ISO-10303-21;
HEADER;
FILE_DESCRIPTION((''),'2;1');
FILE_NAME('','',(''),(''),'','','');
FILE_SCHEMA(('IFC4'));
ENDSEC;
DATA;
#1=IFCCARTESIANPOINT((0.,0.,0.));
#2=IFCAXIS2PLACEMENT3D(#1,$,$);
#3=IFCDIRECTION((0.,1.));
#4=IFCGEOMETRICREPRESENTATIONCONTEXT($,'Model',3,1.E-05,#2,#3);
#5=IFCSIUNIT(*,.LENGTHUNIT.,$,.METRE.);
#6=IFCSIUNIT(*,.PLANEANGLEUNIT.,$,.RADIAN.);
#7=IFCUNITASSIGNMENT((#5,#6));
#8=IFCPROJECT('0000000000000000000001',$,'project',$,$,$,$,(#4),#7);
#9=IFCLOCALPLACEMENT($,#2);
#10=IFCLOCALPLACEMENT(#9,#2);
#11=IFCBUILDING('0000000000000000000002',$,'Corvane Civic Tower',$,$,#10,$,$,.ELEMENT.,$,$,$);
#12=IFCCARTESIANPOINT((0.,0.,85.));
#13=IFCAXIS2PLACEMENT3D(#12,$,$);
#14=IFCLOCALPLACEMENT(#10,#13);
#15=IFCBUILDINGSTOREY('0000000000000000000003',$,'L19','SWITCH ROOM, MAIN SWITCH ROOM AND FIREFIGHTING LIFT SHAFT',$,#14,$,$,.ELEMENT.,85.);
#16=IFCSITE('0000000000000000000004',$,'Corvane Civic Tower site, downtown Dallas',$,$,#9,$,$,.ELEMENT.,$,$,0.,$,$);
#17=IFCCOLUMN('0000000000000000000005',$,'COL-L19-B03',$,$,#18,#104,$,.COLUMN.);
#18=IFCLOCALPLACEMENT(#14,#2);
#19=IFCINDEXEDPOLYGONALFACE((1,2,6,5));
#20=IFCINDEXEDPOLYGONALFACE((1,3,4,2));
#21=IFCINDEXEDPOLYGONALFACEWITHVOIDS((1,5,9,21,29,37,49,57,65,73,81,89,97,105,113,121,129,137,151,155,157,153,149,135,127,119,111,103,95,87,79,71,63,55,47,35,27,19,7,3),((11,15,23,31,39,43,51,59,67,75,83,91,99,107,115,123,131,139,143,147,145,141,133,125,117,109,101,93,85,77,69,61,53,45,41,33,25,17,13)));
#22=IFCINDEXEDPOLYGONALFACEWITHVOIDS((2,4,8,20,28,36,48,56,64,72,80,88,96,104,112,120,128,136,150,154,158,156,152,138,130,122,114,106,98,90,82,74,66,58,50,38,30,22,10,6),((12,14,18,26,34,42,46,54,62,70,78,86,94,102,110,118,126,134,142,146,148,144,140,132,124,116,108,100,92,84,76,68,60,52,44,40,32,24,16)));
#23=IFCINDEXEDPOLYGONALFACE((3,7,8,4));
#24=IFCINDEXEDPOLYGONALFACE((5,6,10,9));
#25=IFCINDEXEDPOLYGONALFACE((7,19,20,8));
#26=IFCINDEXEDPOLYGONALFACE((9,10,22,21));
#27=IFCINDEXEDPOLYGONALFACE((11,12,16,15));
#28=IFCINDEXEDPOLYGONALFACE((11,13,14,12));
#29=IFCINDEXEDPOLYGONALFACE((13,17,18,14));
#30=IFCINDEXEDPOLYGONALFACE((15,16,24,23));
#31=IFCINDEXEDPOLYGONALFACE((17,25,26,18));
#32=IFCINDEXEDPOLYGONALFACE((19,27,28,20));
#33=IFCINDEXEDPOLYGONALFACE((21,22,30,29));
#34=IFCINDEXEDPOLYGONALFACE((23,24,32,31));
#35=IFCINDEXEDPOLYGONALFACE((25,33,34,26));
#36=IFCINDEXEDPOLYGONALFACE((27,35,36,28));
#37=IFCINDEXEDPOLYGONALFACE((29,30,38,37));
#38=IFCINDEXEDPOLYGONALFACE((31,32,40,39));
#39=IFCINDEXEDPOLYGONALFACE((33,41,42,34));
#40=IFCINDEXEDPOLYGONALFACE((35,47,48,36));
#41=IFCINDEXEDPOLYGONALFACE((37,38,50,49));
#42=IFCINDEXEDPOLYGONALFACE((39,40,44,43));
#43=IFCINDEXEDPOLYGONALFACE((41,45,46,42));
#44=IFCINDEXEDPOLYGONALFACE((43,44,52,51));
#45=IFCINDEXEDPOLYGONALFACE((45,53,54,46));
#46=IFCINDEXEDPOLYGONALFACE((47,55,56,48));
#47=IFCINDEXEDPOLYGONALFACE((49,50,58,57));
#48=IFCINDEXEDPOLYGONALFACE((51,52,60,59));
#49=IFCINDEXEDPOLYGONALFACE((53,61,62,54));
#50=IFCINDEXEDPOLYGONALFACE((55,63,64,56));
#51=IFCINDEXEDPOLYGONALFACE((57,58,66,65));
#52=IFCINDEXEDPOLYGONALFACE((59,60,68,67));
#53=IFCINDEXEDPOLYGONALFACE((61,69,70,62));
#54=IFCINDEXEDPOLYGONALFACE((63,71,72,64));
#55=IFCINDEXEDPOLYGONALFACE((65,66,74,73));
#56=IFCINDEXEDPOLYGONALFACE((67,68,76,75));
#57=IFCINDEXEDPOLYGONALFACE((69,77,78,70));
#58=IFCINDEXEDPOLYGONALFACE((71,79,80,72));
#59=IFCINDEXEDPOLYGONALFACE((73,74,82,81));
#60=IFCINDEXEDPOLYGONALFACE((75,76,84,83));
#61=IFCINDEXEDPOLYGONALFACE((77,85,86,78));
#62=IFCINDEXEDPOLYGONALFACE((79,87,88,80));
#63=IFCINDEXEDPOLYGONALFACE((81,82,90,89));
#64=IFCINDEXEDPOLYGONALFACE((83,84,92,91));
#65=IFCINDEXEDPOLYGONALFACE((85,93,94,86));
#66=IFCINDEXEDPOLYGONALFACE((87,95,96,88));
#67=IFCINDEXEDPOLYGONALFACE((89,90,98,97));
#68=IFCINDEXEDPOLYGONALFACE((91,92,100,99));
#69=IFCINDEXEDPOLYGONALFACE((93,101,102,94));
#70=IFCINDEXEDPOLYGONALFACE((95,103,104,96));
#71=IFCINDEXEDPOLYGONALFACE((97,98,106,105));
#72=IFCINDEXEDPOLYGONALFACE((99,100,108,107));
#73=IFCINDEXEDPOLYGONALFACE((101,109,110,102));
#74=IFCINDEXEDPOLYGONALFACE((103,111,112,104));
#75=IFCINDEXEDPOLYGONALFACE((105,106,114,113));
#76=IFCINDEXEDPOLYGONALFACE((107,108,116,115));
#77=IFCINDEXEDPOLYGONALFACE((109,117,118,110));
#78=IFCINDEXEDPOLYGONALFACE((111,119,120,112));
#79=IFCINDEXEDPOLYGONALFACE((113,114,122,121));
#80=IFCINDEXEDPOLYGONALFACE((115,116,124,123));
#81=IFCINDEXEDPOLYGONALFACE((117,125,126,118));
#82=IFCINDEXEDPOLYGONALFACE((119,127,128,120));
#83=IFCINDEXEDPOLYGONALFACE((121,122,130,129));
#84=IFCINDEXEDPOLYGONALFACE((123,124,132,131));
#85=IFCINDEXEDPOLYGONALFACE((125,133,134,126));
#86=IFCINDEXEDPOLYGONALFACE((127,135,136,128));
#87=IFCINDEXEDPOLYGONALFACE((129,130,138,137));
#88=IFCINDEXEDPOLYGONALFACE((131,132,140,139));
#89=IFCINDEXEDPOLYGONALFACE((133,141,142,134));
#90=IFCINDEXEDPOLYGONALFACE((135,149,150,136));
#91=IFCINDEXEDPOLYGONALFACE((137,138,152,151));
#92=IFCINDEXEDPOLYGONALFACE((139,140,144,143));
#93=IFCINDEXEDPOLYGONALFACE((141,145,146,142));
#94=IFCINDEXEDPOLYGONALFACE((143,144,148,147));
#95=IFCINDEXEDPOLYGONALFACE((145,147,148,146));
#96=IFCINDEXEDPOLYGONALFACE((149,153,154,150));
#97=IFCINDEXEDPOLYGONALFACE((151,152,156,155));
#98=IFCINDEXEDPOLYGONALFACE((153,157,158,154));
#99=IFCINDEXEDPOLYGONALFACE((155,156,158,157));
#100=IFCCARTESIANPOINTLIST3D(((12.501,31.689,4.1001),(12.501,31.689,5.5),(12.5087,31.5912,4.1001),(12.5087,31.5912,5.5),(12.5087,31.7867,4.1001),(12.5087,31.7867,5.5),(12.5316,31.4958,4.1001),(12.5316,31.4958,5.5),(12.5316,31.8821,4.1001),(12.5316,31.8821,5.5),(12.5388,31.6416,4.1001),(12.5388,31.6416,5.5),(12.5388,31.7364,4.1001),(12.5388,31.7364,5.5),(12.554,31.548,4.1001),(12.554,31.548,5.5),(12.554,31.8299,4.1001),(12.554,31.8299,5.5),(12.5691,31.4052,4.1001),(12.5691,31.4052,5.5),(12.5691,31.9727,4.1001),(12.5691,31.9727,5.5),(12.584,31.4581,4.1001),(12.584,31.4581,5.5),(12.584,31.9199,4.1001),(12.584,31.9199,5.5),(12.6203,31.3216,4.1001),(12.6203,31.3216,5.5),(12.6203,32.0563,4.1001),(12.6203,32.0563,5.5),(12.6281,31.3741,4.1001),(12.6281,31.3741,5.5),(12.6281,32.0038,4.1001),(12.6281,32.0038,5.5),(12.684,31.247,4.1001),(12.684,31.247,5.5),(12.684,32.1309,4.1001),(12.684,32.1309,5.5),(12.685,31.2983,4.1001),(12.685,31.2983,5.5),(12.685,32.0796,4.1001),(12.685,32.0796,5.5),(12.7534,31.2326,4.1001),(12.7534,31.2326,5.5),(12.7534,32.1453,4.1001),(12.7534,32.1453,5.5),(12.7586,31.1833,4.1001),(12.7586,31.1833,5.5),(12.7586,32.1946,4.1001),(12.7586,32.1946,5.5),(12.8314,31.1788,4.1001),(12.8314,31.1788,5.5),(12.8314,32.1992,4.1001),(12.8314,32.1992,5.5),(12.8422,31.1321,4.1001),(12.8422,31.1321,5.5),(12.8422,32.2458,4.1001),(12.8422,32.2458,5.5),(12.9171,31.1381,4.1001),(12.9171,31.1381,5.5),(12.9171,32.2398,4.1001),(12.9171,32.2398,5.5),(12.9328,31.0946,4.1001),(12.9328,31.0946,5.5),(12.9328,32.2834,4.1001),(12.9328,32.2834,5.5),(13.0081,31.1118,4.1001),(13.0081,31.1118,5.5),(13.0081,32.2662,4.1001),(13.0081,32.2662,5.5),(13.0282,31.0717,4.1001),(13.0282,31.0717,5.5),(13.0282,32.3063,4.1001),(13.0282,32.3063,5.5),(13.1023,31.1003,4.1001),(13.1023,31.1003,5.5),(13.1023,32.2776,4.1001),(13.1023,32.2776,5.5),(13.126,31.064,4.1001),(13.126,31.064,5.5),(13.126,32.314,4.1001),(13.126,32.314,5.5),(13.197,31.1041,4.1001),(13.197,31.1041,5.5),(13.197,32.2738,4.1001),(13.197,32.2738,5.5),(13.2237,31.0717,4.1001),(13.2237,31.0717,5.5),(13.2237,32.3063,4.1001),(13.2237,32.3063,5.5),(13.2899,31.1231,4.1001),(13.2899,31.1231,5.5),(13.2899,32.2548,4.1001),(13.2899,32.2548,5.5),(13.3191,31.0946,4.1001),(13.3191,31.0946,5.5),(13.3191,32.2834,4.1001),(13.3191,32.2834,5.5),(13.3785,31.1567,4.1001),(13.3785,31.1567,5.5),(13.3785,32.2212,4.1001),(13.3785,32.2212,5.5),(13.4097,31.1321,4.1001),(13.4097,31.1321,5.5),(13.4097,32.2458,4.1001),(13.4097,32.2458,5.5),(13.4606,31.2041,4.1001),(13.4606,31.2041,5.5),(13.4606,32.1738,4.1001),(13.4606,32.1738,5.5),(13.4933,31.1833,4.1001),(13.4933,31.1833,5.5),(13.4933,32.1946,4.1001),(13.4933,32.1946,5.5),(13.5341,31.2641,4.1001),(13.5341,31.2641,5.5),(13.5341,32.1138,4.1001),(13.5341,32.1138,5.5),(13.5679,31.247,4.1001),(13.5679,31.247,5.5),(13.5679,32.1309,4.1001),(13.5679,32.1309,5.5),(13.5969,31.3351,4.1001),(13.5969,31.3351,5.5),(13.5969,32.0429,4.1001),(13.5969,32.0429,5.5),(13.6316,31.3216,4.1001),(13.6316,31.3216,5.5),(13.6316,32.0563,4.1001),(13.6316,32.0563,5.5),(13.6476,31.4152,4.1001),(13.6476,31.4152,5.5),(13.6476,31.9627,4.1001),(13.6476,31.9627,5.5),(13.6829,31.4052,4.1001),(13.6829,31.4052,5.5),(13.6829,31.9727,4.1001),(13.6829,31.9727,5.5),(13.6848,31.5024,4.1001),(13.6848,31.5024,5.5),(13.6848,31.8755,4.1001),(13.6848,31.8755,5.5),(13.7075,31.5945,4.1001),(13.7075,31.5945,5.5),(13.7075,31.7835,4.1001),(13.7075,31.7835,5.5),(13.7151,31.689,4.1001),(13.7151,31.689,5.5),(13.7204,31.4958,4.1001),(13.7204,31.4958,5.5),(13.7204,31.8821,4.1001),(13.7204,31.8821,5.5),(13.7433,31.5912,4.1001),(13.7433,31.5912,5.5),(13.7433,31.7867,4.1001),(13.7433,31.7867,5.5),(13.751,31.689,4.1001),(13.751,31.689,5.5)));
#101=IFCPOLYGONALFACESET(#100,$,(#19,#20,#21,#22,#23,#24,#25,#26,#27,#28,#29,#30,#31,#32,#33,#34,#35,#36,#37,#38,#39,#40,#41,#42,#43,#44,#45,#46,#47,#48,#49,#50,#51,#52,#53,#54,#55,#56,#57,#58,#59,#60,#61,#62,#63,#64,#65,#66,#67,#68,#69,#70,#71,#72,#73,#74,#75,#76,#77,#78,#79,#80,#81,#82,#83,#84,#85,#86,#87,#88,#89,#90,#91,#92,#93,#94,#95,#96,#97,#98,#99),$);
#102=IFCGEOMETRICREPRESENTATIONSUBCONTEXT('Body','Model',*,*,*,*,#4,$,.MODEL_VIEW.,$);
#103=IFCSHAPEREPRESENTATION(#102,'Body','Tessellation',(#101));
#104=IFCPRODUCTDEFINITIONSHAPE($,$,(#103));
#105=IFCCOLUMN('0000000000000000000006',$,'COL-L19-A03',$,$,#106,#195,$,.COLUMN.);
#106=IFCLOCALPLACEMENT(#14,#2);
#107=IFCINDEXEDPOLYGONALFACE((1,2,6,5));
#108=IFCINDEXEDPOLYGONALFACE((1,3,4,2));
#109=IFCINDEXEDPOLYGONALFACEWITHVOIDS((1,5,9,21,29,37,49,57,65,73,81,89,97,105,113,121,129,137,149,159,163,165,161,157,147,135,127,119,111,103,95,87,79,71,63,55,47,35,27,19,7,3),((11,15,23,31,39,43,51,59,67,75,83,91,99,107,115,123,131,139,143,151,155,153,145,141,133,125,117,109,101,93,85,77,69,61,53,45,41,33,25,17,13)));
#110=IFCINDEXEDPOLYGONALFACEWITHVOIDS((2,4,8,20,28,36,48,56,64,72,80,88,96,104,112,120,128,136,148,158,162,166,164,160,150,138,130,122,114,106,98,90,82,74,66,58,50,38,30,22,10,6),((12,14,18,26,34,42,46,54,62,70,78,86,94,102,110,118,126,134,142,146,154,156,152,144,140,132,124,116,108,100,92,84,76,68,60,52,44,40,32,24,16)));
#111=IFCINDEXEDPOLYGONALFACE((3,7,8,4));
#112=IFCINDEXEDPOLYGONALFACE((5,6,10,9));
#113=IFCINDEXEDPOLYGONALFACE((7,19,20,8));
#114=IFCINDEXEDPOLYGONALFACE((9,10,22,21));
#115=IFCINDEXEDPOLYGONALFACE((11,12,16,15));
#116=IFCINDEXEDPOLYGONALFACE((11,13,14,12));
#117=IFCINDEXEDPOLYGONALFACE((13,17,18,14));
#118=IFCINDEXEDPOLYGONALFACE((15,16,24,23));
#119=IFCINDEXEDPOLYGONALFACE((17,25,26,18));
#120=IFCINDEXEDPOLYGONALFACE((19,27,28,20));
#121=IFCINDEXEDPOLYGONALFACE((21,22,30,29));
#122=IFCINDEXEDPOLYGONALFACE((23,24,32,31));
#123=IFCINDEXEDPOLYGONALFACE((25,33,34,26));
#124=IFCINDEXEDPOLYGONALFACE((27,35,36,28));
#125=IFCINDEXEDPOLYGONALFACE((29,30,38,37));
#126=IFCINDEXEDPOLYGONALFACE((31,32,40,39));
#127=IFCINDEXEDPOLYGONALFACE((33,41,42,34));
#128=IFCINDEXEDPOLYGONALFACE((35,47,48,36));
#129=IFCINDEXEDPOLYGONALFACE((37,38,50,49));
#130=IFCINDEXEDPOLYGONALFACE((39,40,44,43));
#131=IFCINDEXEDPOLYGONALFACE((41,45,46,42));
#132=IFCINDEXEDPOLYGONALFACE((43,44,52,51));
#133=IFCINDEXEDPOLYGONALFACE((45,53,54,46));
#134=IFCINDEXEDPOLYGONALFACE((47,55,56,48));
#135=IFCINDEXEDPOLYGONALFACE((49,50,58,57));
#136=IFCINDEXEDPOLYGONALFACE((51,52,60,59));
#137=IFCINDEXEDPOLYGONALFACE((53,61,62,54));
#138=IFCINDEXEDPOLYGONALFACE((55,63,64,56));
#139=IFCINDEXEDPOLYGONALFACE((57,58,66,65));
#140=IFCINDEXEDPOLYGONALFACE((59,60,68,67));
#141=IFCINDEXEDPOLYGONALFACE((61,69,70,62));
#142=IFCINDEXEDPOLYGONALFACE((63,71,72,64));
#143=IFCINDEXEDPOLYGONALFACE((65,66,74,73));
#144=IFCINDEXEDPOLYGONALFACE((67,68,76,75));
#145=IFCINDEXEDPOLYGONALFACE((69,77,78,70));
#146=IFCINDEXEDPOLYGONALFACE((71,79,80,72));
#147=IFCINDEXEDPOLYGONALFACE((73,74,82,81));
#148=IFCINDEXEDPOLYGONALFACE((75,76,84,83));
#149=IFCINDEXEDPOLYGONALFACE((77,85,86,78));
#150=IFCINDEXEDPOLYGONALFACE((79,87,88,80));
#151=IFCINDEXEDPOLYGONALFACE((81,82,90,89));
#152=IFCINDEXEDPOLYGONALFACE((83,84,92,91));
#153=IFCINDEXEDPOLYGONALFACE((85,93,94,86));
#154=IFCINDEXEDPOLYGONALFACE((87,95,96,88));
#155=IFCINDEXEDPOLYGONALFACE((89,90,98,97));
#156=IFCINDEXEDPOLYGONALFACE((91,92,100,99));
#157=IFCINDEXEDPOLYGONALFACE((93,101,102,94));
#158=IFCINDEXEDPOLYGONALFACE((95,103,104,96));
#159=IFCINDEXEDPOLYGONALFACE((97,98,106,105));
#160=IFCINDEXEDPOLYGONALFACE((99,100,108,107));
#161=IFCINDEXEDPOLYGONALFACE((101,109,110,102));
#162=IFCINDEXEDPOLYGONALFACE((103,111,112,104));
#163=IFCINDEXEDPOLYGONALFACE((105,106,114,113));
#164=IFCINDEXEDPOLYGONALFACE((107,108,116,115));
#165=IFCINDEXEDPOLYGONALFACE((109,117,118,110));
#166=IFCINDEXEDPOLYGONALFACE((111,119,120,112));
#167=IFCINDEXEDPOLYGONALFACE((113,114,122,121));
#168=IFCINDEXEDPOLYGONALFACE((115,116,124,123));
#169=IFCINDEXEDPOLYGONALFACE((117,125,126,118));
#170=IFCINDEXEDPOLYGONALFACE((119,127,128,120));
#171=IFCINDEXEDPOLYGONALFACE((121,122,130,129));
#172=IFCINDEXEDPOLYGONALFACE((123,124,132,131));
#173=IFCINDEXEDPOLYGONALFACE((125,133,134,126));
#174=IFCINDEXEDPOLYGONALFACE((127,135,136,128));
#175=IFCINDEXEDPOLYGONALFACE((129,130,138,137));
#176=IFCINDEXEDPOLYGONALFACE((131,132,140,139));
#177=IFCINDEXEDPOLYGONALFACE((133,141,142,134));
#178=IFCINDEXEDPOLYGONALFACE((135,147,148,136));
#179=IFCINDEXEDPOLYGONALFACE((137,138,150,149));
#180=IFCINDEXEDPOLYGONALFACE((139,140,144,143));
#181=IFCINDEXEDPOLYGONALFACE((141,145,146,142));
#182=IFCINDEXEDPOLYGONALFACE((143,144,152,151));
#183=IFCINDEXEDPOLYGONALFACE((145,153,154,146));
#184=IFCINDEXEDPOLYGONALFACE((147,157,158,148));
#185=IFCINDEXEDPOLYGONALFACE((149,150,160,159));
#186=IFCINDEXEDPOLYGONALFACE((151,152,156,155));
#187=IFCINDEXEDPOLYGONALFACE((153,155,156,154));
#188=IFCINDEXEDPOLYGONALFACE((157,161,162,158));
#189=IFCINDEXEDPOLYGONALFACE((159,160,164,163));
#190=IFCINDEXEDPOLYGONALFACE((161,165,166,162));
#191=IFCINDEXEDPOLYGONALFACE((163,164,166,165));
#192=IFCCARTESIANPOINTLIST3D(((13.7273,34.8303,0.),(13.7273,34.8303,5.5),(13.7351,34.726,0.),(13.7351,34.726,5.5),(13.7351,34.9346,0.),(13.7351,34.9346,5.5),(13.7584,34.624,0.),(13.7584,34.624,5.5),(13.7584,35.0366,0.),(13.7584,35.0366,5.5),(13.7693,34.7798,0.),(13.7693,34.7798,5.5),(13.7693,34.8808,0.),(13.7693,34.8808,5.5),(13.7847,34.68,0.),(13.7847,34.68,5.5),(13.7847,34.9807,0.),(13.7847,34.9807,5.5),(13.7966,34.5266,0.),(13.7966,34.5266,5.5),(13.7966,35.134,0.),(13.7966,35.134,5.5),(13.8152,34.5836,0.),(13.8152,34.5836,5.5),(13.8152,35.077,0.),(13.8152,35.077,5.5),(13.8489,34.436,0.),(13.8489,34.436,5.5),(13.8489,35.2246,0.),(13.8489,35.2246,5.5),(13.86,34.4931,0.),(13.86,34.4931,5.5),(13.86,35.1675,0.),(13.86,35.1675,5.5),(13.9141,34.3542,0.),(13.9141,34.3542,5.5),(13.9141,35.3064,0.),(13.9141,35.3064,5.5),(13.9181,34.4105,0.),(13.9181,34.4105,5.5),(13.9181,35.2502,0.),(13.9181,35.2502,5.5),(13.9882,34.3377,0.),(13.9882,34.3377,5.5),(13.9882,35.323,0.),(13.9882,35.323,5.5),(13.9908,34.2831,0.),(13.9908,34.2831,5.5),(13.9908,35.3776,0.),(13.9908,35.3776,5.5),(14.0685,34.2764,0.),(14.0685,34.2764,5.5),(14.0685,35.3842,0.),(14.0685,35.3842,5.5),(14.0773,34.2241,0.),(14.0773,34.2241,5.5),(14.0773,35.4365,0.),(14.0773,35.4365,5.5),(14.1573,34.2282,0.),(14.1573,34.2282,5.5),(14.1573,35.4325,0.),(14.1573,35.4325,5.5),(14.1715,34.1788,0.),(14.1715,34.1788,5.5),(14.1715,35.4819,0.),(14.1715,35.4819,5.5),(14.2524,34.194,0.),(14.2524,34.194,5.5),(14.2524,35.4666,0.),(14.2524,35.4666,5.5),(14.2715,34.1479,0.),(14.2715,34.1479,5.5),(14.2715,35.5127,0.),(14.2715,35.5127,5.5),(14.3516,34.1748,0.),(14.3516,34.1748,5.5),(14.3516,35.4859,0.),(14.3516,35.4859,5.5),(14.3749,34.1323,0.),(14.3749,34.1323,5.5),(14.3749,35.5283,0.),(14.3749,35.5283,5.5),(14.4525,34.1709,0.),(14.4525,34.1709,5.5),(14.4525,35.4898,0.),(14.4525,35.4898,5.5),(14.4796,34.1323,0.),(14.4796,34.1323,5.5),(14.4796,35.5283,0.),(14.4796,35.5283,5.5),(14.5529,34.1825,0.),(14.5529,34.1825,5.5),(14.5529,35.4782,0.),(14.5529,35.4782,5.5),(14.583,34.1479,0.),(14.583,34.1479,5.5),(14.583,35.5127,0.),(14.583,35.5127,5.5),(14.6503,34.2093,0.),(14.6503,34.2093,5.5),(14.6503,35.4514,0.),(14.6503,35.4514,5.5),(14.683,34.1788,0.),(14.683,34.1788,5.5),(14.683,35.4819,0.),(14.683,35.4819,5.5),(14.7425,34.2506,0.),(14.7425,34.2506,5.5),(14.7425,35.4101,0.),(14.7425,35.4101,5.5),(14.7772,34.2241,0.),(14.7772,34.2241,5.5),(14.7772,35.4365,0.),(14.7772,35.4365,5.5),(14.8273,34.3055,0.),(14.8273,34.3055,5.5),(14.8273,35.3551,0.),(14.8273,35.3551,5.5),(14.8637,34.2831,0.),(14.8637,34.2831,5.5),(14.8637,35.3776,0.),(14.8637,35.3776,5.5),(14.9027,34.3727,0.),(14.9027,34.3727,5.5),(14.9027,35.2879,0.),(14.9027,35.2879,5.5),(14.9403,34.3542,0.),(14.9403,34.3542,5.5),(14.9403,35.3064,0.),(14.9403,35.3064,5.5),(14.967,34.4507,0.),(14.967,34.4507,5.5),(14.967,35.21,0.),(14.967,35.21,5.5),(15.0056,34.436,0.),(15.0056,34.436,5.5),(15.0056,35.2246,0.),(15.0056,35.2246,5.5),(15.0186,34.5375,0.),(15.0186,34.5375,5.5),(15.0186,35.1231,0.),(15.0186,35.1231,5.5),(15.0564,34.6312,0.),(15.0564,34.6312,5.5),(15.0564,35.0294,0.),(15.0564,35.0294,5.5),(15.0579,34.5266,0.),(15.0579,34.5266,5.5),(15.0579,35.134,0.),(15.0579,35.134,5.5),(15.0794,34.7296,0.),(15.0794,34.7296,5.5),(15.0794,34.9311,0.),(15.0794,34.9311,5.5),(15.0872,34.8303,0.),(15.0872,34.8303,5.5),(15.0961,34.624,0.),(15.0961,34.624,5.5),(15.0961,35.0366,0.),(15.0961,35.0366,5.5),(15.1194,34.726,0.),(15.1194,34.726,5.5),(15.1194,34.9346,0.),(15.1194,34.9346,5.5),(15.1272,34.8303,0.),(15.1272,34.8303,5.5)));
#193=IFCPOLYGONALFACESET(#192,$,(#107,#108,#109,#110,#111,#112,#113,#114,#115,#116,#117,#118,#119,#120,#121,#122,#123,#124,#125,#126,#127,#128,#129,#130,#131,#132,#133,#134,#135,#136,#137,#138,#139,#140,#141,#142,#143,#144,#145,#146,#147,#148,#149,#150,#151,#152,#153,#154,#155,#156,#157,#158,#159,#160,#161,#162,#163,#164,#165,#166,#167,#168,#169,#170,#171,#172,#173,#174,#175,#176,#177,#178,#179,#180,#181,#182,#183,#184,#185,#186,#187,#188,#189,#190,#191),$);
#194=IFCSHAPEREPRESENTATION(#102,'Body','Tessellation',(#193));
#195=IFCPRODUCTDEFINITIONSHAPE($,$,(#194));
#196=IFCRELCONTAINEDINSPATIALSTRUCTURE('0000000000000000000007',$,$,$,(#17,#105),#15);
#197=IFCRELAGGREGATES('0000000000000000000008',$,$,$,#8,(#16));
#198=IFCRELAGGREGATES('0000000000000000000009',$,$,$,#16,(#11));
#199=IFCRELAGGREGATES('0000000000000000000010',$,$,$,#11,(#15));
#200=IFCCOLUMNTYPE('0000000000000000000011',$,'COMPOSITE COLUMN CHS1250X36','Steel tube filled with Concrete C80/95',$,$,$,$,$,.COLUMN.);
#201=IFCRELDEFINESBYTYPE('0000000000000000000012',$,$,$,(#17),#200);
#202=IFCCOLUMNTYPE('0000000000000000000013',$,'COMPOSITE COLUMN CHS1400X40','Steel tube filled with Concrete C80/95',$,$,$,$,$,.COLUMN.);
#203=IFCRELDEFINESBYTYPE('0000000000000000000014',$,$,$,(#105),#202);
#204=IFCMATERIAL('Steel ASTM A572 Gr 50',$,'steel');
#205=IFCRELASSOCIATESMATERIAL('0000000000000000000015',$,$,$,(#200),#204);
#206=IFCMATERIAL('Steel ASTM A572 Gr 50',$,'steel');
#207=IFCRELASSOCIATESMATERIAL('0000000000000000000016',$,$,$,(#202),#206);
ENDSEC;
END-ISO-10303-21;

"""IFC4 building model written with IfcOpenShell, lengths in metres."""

from ifc_helpers import new_model, si_unit, direction, frame, origin, origin_2d, place, context, subcontext, project, spatial, hollow_circle, extrude, material, material_profile, profile_set, type_object, element, save


model = new_model("IFC4")

# Units and contexts
model_context = context("Model", 3, precision=1e-05, world=origin(), true_north=direction((0.0, 1.0)))
body_context = subcontext(model_context, "Body", "Model", "MODEL_VIEW")
ifc_project = project(units=[si_unit("LENGTHUNIT", "METRE"), si_unit("PLANEANGLEUNIT", "RADIAN")], contexts=[model_context])

# Site, building, storey
site_placement = place(None, origin())
site = spatial("IfcSite", under=ifc_project, at=site_placement, Name="Corvane Civic Tower site, downtown Dallas", CompositionType="ELEMENT", RefElevation=0.0)
building_placement = place(site_placement, origin())
building = spatial("IfcBuilding", under=site, at=building_placement, Name="Corvane Civic Tower", CompositionType="ELEMENT")
storey_placement = place(building_placement, frame((0.0, 0.0, 85.0)))
storey = spatial("IfcBuildingStorey", under=building, at=storey_placement, Name="L19", Description="SWITCH ROOM, MAIN SWITCH ROOM AND FIREFIGHTING LIFT SHAFT", CompositionType="ELEMENT", Elevation=85.0)

# Columns
ifc_material_1 = material(Name="Steel ASTM A572 Gr 50", Category="steel")
ifc_material_profile_1 = material_profile(ifc_material_1, hollow_circle(Radius=0.625, WallThickness=0.0359, at=origin_2d()), Name="CHS1250X36")
ifc_profile_set_1 = profile_set([ifc_material_profile_1], Name="Steel ASTM A572 Gr 50")
column_type_1 = type_object("IfcColumnType", Name="COMPOSITE COLUMN CHS1250X36", Description="Steel tube filled with Concrete C80/95", PredefinedType="COLUMN", material=ifc_profile_set_1)
column_1_placement = place(storey_placement, frame((13.126, 31.689, 4.1001), z_axis=(0.0, 0.0, 1.0), x_axis=(1.0, 0.0, 0.0)))
element("IfcColumn", 1, at=column_1_placement, inside=storey, type_object=column_type_1, Name="COL-L19-B03", PredefinedType="COLUMN", context=body_context, shape_type="SweptSolid", body=[
    extrude(hollow_circle(Radius=0.625, WallThickness=0.0359, at=origin_2d()), origin(), (0.0, 0.0, 1.0), 1.3999),
])
ifc_material_2 = material(Name="Steel ASTM A572 Gr 50", Category="steel")
ifc_material_profile_2 = material_profile(ifc_material_2, hollow_circle(Radius=0.7, WallThickness=0.04, at=origin_2d()), Name="CHS1400X40")
ifc_profile_set_2 = profile_set([ifc_material_profile_2], Name="Steel ASTM A572 Gr 50")
column_type_2 = type_object("IfcColumnType", Name="COMPOSITE COLUMN CHS1400X40", Description="Steel tube filled with Concrete C80/95", PredefinedType="COLUMN", material=ifc_profile_set_2)
column_2_placement = place(storey_placement, frame((14.4272, 34.8303, 0.0), z_axis=(0.0, 0.0, 1.0), x_axis=(1.0, 0.0, 0.0)))
element("IfcColumn", 2, at=column_2_placement, inside=storey, type_object=column_type_2, Name="COL-L19-A03", PredefinedType="COLUMN", context=body_context, shape_type="SweptSolid", body=[
    extrude(hollow_circle(Radius=0.7, WallThickness=0.04, at=origin_2d()), origin(), (0.0, 0.0, 1.0), 5.5),
])

save(model, "model.ifc")
